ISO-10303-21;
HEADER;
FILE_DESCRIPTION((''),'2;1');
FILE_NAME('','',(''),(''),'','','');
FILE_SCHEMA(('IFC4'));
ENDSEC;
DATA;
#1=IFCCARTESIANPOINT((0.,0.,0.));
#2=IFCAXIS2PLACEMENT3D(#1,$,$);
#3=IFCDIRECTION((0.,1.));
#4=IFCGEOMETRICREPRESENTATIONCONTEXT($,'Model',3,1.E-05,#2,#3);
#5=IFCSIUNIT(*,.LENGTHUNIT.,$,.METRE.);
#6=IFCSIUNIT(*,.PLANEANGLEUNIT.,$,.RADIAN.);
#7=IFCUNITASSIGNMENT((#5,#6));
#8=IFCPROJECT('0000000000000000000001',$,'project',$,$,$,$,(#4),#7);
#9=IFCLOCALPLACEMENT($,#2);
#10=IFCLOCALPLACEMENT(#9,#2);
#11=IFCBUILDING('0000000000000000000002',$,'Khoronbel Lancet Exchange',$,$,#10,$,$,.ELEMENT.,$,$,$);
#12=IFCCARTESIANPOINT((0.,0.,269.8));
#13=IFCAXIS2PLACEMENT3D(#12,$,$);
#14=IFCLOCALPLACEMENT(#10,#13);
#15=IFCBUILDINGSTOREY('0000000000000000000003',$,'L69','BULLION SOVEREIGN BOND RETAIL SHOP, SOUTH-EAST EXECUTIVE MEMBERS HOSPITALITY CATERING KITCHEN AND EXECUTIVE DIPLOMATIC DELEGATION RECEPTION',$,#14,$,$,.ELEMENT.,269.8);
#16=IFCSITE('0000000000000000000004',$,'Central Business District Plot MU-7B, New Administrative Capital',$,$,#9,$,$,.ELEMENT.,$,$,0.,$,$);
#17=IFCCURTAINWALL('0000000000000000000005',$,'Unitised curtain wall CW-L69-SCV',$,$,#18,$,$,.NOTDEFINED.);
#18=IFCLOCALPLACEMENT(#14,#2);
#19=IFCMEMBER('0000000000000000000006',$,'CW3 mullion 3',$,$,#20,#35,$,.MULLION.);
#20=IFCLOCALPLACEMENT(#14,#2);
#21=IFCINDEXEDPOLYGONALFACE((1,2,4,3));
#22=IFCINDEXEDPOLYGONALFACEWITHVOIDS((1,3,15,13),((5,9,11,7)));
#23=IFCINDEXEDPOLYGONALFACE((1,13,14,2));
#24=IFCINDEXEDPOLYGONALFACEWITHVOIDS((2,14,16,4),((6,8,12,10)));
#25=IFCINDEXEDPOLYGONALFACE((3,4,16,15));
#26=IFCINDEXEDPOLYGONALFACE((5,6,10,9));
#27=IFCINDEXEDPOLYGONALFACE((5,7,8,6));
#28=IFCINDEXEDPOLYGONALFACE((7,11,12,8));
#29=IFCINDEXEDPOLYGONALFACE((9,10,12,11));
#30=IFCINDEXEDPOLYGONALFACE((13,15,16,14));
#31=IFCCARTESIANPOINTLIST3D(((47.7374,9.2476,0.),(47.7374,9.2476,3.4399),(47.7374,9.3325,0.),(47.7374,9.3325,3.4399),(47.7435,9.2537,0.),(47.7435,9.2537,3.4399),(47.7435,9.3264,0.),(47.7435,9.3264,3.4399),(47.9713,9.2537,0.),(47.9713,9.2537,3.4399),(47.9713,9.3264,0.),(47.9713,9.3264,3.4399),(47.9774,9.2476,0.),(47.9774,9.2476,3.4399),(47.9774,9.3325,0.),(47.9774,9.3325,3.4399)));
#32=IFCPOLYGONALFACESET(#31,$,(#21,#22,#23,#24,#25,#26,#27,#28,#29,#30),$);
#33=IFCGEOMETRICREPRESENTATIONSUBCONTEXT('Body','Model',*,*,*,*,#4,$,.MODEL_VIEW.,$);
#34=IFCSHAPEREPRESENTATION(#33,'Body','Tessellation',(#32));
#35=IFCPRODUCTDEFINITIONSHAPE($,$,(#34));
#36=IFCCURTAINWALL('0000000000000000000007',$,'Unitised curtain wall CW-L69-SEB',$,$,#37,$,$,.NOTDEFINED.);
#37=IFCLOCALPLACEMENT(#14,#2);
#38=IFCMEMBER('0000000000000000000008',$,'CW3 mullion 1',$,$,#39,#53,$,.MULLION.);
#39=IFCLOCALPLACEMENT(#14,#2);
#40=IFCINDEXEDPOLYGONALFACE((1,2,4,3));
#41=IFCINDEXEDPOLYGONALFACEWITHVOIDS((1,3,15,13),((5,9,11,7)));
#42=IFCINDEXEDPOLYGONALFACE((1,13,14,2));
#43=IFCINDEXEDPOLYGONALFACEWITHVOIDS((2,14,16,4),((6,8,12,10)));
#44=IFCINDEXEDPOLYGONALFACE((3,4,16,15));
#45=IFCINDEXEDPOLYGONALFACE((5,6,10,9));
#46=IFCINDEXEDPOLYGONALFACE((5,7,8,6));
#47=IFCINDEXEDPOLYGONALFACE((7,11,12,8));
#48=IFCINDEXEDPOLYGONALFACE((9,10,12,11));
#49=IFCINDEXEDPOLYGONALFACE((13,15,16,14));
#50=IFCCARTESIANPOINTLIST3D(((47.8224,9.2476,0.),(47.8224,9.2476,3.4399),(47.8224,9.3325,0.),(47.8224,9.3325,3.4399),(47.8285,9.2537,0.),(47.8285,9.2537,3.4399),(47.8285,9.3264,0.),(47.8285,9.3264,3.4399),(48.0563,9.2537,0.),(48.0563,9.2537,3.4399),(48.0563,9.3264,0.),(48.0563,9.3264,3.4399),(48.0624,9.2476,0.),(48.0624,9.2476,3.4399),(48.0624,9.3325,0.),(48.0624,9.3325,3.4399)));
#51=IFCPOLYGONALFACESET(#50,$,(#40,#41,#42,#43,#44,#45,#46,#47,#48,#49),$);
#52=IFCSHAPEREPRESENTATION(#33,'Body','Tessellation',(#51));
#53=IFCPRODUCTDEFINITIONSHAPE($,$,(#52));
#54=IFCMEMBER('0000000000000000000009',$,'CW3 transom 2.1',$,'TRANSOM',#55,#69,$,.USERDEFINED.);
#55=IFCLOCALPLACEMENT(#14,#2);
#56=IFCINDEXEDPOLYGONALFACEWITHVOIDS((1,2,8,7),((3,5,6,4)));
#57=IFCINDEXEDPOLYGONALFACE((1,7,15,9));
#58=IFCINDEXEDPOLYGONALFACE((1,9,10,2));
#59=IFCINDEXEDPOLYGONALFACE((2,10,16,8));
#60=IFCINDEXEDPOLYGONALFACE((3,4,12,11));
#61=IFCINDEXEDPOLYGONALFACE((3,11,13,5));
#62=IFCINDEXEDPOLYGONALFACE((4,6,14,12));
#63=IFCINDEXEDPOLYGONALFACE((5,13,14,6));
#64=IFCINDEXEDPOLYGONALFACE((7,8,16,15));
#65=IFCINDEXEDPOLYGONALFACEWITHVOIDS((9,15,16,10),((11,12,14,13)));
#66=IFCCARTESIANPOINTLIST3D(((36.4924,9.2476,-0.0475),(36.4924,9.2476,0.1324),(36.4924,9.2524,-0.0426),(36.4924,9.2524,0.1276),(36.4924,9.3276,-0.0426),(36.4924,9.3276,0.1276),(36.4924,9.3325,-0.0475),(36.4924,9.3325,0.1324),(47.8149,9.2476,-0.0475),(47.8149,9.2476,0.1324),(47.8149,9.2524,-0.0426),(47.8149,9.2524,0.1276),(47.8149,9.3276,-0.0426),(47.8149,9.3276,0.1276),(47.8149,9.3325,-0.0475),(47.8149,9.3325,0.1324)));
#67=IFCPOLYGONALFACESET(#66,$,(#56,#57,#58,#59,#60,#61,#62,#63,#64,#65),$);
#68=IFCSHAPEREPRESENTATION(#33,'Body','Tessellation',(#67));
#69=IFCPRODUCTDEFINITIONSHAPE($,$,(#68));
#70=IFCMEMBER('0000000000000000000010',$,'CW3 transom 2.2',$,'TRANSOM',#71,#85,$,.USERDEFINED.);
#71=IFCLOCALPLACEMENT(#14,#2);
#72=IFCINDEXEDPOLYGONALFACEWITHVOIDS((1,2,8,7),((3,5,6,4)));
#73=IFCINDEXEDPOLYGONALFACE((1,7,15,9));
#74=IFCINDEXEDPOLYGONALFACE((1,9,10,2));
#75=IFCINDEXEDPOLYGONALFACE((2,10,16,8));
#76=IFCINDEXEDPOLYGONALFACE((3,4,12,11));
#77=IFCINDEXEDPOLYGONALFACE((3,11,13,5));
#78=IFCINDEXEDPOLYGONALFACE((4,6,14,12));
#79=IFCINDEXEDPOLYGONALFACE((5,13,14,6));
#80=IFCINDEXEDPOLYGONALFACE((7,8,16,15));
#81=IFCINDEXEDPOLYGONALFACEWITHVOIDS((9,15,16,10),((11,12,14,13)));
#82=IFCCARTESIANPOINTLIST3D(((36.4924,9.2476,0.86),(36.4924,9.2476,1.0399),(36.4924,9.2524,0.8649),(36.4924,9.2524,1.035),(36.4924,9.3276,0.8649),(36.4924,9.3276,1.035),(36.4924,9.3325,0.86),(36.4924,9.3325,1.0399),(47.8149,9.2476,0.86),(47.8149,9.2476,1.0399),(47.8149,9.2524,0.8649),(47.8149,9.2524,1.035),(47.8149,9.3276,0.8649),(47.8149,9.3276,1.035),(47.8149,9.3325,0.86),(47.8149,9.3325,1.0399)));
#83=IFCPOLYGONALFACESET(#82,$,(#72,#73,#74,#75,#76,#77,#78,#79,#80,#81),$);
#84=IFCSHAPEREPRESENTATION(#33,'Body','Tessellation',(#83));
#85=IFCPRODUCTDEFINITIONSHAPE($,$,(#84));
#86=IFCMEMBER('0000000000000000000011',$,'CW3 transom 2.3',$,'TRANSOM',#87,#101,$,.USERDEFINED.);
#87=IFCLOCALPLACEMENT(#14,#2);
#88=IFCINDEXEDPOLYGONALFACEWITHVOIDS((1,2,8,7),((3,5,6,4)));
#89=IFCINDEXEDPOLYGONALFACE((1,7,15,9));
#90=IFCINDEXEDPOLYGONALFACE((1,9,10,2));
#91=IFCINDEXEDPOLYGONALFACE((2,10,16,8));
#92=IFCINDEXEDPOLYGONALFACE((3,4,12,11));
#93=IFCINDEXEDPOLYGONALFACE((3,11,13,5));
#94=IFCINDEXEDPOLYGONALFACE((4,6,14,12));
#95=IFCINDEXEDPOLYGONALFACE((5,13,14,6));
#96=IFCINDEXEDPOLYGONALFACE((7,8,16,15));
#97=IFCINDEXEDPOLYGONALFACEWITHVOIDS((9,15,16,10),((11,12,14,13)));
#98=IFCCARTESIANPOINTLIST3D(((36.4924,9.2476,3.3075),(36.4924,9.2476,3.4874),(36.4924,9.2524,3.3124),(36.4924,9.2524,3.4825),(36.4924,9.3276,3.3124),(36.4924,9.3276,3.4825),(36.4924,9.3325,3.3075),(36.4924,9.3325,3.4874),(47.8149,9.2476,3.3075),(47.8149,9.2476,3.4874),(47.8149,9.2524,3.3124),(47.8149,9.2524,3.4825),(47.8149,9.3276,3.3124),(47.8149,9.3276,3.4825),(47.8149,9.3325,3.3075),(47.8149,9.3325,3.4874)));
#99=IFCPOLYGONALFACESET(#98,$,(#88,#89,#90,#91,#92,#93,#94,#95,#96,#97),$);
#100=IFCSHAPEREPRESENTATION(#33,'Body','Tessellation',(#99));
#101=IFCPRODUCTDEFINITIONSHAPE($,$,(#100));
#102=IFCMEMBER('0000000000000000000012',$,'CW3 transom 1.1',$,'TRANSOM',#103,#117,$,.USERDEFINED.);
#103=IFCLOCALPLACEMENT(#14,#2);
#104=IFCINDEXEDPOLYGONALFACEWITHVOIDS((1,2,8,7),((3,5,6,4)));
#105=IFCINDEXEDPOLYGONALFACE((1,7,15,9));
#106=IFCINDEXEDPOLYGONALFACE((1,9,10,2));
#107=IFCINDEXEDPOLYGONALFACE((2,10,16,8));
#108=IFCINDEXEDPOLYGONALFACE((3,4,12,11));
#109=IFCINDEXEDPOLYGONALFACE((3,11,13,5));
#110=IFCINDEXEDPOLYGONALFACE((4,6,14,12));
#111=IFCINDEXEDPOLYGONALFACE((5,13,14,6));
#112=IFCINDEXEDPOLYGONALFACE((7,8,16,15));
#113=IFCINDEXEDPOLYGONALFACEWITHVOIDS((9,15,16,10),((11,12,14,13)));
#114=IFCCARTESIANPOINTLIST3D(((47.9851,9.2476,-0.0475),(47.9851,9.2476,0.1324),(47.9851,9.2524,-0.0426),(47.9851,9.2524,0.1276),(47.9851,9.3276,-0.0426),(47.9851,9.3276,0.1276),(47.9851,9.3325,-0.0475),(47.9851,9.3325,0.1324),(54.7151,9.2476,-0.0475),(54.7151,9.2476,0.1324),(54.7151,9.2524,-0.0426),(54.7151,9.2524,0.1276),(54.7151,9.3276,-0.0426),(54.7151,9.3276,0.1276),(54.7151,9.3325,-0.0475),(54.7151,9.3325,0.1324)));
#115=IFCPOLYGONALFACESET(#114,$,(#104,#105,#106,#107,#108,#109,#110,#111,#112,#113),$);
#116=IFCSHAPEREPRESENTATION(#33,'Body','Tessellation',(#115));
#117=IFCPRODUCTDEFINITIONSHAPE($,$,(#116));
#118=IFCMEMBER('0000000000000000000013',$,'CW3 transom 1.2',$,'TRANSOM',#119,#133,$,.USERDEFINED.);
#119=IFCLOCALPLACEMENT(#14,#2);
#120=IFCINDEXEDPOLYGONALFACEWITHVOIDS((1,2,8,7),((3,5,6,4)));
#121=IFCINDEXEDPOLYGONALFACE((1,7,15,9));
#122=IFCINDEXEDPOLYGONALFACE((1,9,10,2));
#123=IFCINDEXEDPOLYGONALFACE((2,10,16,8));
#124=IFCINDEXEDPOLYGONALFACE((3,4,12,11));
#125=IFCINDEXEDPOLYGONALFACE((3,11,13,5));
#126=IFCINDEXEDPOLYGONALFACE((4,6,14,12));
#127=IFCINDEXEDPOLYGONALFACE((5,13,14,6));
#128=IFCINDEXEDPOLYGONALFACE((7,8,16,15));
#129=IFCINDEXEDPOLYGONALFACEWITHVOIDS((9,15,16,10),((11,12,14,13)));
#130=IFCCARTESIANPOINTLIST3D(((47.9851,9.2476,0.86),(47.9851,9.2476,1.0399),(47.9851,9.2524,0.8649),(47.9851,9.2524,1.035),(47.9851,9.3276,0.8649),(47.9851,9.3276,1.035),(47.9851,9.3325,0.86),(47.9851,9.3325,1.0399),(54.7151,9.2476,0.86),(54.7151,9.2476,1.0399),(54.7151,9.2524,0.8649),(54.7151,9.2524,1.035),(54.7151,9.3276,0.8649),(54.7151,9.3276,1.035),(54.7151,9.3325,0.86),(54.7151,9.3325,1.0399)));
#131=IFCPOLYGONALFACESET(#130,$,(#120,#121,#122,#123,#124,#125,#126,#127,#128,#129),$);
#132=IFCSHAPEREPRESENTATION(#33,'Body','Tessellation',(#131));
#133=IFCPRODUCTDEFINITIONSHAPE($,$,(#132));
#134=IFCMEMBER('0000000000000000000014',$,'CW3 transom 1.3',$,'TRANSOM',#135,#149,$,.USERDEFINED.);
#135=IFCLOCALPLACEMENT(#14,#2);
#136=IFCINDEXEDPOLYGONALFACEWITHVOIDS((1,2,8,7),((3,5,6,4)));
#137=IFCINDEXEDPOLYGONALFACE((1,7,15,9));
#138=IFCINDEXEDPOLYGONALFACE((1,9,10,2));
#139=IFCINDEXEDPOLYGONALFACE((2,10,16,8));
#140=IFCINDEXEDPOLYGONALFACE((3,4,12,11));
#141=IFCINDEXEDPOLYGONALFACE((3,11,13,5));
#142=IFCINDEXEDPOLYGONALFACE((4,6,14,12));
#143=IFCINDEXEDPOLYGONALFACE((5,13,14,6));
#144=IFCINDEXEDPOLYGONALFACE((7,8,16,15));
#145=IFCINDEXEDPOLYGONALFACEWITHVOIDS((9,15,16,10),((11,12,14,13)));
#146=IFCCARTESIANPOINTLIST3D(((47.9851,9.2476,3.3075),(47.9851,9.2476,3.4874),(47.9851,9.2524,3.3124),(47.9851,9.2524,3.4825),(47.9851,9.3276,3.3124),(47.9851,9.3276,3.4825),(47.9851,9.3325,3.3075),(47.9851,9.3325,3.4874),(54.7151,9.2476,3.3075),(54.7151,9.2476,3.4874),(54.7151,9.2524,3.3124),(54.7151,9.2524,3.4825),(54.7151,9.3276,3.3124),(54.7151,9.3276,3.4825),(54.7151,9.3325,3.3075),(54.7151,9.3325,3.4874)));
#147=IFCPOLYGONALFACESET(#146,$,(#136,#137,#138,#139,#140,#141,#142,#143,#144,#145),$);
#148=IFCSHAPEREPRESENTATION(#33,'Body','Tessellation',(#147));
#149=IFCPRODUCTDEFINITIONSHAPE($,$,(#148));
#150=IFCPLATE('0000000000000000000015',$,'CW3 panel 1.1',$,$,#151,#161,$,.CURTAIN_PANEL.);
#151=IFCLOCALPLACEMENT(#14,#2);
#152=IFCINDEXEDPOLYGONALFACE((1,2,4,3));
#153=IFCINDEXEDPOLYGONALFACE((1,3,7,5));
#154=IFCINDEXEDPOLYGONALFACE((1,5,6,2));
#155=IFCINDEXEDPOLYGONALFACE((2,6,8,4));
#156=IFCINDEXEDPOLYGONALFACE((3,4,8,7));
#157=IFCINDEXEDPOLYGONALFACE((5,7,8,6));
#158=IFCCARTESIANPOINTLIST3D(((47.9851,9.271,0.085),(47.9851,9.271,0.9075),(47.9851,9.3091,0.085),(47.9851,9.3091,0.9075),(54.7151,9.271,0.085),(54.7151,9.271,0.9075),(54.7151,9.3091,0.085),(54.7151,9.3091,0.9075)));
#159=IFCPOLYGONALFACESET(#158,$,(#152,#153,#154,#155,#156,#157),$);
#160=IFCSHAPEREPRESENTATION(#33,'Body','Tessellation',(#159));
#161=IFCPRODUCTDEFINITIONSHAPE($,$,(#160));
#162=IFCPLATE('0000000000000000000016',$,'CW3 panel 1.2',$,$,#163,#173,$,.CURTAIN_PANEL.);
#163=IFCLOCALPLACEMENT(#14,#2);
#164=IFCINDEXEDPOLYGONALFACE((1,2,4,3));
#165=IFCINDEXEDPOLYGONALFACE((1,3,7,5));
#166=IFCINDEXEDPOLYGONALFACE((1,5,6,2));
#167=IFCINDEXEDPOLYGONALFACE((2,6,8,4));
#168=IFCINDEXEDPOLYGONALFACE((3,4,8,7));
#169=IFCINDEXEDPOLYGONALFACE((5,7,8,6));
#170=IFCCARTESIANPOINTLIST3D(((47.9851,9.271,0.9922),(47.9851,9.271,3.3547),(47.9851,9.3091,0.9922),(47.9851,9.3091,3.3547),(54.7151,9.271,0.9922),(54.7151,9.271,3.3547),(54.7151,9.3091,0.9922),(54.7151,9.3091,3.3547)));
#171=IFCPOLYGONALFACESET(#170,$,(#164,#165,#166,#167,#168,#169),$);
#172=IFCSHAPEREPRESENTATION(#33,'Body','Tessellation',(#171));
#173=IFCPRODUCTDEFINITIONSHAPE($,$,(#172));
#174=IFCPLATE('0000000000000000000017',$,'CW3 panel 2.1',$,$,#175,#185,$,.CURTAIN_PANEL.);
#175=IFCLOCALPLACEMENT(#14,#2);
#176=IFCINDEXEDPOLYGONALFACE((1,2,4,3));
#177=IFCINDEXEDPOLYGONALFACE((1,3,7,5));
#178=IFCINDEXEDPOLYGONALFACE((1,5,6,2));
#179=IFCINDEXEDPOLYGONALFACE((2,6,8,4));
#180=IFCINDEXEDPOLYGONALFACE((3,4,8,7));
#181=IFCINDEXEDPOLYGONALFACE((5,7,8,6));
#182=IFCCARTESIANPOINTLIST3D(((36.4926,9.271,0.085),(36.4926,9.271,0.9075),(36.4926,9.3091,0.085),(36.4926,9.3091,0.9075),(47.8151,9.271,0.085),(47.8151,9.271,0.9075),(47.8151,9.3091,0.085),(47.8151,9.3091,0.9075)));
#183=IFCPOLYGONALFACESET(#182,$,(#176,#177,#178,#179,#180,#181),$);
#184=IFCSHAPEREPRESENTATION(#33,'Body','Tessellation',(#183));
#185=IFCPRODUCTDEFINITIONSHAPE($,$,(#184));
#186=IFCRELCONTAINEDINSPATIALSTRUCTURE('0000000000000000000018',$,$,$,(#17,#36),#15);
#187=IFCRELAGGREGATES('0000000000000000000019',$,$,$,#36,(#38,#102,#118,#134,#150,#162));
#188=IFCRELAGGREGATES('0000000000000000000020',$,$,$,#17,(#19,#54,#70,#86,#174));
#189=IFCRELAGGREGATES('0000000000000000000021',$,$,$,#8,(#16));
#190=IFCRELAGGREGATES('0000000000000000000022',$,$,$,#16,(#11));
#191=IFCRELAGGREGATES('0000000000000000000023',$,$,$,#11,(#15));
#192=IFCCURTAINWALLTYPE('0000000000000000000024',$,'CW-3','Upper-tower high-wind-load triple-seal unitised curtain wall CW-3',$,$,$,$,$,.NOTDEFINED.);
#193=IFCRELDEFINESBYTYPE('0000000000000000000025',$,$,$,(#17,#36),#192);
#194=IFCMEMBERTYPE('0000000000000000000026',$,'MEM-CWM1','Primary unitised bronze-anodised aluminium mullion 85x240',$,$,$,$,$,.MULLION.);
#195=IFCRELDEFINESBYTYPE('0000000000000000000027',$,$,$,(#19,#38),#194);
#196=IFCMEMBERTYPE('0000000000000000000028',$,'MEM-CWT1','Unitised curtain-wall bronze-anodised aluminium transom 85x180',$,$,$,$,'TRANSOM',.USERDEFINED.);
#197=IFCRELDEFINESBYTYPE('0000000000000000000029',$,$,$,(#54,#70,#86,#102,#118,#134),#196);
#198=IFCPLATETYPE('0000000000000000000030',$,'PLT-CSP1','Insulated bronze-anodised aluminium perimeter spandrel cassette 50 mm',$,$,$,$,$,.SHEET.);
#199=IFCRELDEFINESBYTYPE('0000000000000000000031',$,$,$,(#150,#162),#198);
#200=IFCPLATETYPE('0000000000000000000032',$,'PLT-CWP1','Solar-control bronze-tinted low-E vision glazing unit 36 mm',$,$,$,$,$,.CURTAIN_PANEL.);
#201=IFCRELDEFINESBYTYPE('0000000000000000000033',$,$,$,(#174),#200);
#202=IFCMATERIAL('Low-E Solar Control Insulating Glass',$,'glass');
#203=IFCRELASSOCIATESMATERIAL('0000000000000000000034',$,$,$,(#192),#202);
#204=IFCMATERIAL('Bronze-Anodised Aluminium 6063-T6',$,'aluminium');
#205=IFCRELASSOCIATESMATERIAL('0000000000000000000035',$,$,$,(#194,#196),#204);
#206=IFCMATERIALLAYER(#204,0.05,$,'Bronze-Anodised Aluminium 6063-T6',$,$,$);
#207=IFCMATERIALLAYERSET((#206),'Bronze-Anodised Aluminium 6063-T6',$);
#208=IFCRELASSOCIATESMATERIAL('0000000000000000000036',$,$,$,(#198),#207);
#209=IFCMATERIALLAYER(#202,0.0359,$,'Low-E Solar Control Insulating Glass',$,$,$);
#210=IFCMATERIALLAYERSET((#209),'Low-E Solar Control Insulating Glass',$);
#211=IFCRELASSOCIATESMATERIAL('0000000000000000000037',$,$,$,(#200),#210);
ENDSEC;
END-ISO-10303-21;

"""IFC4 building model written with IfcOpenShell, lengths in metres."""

from ifc_helpers import new_model, si_unit, direction, frame, origin, origin_2d, place, context, subcontext, project, spatial, rectangle, hollow_rectangle, extrude, material, layer, layer_set, material_profile, profile_set, type_object, element, aggregate, save


model = new_model("IFC4")

# Units and contexts
model_context = context("Model", 3, precision=1e-05, world=origin(), true_north=direction((0.0, 1.0)))
body_context = subcontext(model_context, "Body", "Model", "MODEL_VIEW")
ifc_project = project(units=[si_unit("LENGTHUNIT", "METRE"), si_unit("PLANEANGLEUNIT", "RADIAN")], contexts=[model_context])

# Site, building, storey
site_placement = place(None, origin())
site = spatial("IfcSite", under=ifc_project, at=site_placement, Name="Central Business District Plot MU-7B, New Administrative Capital", CompositionType="ELEMENT", RefElevation=0.0)
building_placement = place(site_placement, origin())
building = spatial("IfcBuilding", under=site, at=building_placement, Name="Khoronbel Lancet Exchange", CompositionType="ELEMENT")
storey_placement = place(building_placement, frame((0.0, 0.0, 269.8)))
storey = spatial("IfcBuildingStorey", under=building, at=storey_placement, Name="L69", Description="BULLION SOVEREIGN BOND RETAIL SHOP, SOUTH-EAST EXECUTIVE MEMBERS HOSPITALITY CATERING KITCHEN AND EXECUTIVE DIPLOMATIC DELEGATION RECEPTION", CompositionType="ELEMENT", Elevation=269.8)

# Curtain wall, member
ifc_material_1 = material(Name="Low-E Solar Control Insulating Glass", Category="glass")
curtain_wall_type = type_object("IfcCurtainWallType", Name="CW-3", Description="Upper-tower high-wind-load triple-seal unitised curtain wall CW-3", PredefinedType="NOTDEFINED", material=ifc_material_1)
curtain_wall_1_placement = place(storey_placement, origin())
curtain_wall_1 = element("IfcCurtainWall", 1, at=curtain_wall_1_placement, inside=storey, type_object=curtain_wall_type, Name="Unitised curtain wall CW-L69-SCV", PredefinedType="NOTDEFINED")
ifc_material_2 = material(Name="Bronze-Anodised Aluminium 6063-T6", Category="aluminium")
ifc_material_profile_1 = material_profile(ifc_material_2, hollow_rectangle(XDim=0.085, YDim=0.24, WallThickness=0.0061, at=origin_2d()), Name="ALU MULLION 85x240")
ifc_profile_set_1 = profile_set([ifc_material_profile_1], Name="Bronze-Anodised Aluminium 6063-T6")
member_type_1 = type_object("IfcMemberType", Name="MEM-CWM1", Description="Primary unitised bronze-anodised aluminium mullion 85x240", PredefinedType="MULLION", material=ifc_profile_set_1)
member_1_placement = place(storey_placement, frame((47.8574, 9.29, 0.0), z_axis=(0.0, 0.0, 1.0), x_axis=(0.0, 1.0, 0.0)))
member_1 = element("IfcMember", 2, at=member_1_placement, type_object=member_type_1, Name="CW3 mullion 3", PredefinedType="MULLION", context=body_context, shape_type="SweptSolid", body=[
    extrude(hollow_rectangle(XDim=0.085, YDim=0.24, WallThickness=0.0061, at=origin_2d()), origin(), (0.0, 0.0, 1.0), 3.4399),
])

# Curtain wall, member
curtain_wall_2_placement = place(storey_placement, origin())
curtain_wall_2 = element("IfcCurtainWall", 3, at=curtain_wall_2_placement, inside=storey, type_object=curtain_wall_type, Name="Unitised curtain wall CW-L69-SEB", PredefinedType="NOTDEFINED")
member_2_placement = place(storey_placement, frame((47.9424, 9.29, 0.0), z_axis=(0.0, 0.0, 1.0), x_axis=(0.0, 1.0, 0.0)))
member_2 = element("IfcMember", 4, at=member_2_placement, type_object=member_type_1, Name="CW3 mullion 1", PredefinedType="MULLION", context=body_context, shape_type="SweptSolid", body=[
    extrude(hollow_rectangle(XDim=0.085, YDim=0.24, WallThickness=0.0061, at=origin_2d()), origin(), (0.0, 0.0, 1.0), 3.4399),
])

# Members
ifc_material_profile_2 = material_profile(ifc_material_2, hollow_rectangle(XDim=0.085, YDim=0.1799, WallThickness=0.0049, at=origin_2d()), Name="ALU TRANSOM 85x180")
ifc_profile_set_2 = profile_set([ifc_material_profile_2], Name="Bronze-Anodised Aluminium 6063-T6")
member_type_2 = type_object("IfcMemberType", Name="MEM-CWT1", Description="Unitised curtain-wall bronze-anodised aluminium transom 85x180", ElementType="TRANSOM", PredefinedType="USERDEFINED", material=ifc_profile_set_2)
member_3_placement = place(storey_placement, frame((36.4924, 9.29, 0.0425), z_axis=(1.0, 0.0, 0.0), x_axis=(0.0, 1.0, 0.0)))
member_3 = element("IfcMember", 5, at=member_3_placement, type_object=member_type_2, Name="CW3 transom 2.1", ObjectType="TRANSOM", PredefinedType="USERDEFINED", context=body_context, shape_type="SweptSolid", body=[
    extrude(hollow_rectangle(XDim=0.085, YDim=0.1799, WallThickness=0.0049, at=origin_2d()), origin(), (0.0, 0.0, 1.0), 11.3225),
])
member_4_placement = place(storey_placement, frame((36.4924, 9.29, 0.95), z_axis=(1.0, 0.0, 0.0), x_axis=(0.0, 1.0, 0.0)))
member_4 = element("IfcMember", 6, at=member_4_placement, type_object=member_type_2, Name="CW3 transom 2.2", ObjectType="TRANSOM", PredefinedType="USERDEFINED", context=body_context, shape_type="SweptSolid", body=[
    extrude(hollow_rectangle(XDim=0.085, YDim=0.1799, WallThickness=0.0049, at=origin_2d()), origin(), (0.0, 0.0, 1.0), 11.3225),
])
member_5_placement = place(storey_placement, frame((36.4924, 9.29, 3.3975), z_axis=(1.0, 0.0, 0.0), x_axis=(0.0, 1.0, 0.0)))
member_5 = element("IfcMember", 7, at=member_5_placement, type_object=member_type_2, Name="CW3 transom 2.3", ObjectType="TRANSOM", PredefinedType="USERDEFINED", context=body_context, shape_type="SweptSolid", body=[
    extrude(hollow_rectangle(XDim=0.085, YDim=0.1799, WallThickness=0.0049, at=origin_2d()), origin(), (0.0, 0.0, 1.0), 11.3225),
])
member_6_placement = place(storey_placement, frame((47.9851, 9.29, 0.0425), z_axis=(1.0, 0.0, 0.0), x_axis=(0.0, 1.0, 0.0)))
member_6 = element("IfcMember", 8, at=member_6_placement, type_object=member_type_2, Name="CW3 transom 1.1", ObjectType="TRANSOM", PredefinedType="USERDEFINED", context=body_context, shape_type="SweptSolid", body=[
    extrude(hollow_rectangle(XDim=0.085, YDim=0.1799, WallThickness=0.0049, at=origin_2d()), origin(), (0.0, 0.0, 1.0), 6.73),
])
member_7_placement = place(storey_placement, frame((47.9851, 9.29, 0.95), z_axis=(1.0, 0.0, 0.0), x_axis=(0.0, 1.0, 0.0)))
member_7 = element("IfcMember", 9, at=member_7_placement, type_object=member_type_2, Name="CW3 transom 1.2", ObjectType="TRANSOM", PredefinedType="USERDEFINED", context=body_context, shape_type="SweptSolid", body=[
    extrude(hollow_rectangle(XDim=0.085, YDim=0.1799, WallThickness=0.0049, at=origin_2d()), origin(), (0.0, 0.0, 1.0), 6.73),
])
member_8_placement = place(storey_placement, frame((47.9851, 9.29, 3.3975), z_axis=(1.0, 0.0, 0.0), x_axis=(0.0, 1.0, 0.0)))
member_8 = element("IfcMember", 10, at=member_8_placement, type_object=member_type_2, Name="CW3 transom 1.3", ObjectType="TRANSOM", PredefinedType="USERDEFINED", context=body_context, shape_type="SweptSolid", body=[
    extrude(hollow_rectangle(XDim=0.085, YDim=0.1799, WallThickness=0.0049, at=origin_2d()), origin(), (0.0, 0.0, 1.0), 6.73),
])

# Plates
ifc_layer_1 = layer(ifc_material_2, 0.05, Name="Bronze-Anodised Aluminium 6063-T6")
ifc_layer_set_1 = layer_set([ifc_layer_1], Name="Bronze-Anodised Aluminium 6063-T6")
plate_type_1 = type_object("IfcPlateType", Name="PLT-CSP1", Description="Insulated bronze-anodised aluminium perimeter spandrel cassette 50 mm", PredefinedType="SHEET", material=ifc_layer_set_1)
plate_1_placement = place(storey_placement, frame((51.3501, 9.29, 0.085), z_axis=(0.0, 0.0, 1.0), x_axis=(1.0, 0.0, 0.0)))
plate_1 = element("IfcPlate", 11, at=plate_1_placement, type_object=plate_type_1, Name="CW3 panel 1.1", PredefinedType="CURTAIN_PANEL", context=body_context, shape_type="SweptSolid", body=[
    extrude(rectangle(XDim=6.73, YDim=0.0381, at=origin_2d()), origin(), (0.0, 0.0, 1.0), 0.8225),
])
plate_2_placement = place(storey_placement, frame((51.3501, 9.29, 0.9922), z_axis=(0.0, 0.0, 1.0), x_axis=(1.0, 0.0, 0.0)))
plate_2 = element("IfcPlate", 12, at=plate_2_placement, type_object=plate_type_1, Name="CW3 panel 1.2", PredefinedType="CURTAIN_PANEL", context=body_context, shape_type="SweptSolid", body=[
    extrude(rectangle(XDim=6.73, YDim=0.0381, at=origin_2d()), origin(), (0.0, 0.0, 1.0), 2.3625),
])
aggregate(curtain_wall_2, [member_2, member_6, member_7, member_8, plate_1, plate_2])
ifc_layer_2 = layer(ifc_material_1, 0.0359, Name="Low-E Solar Control Insulating Glass")
ifc_layer_set_2 = layer_set([ifc_layer_2], Name="Low-E Solar Control Insulating Glass")
plate_type_2 = type_object("IfcPlateType", Name="PLT-CWP1", Description="Solar-control bronze-tinted low-E vision glazing unit 36 mm", PredefinedType="CURTAIN_PANEL", material=ifc_layer_set_2)
plate_3_placement = place(storey_placement, frame((42.1538, 9.29, 0.085), z_axis=(0.0, 0.0, 1.0), x_axis=(1.0, 0.0, 0.0)))
plate_3 = element("IfcPlate", 13, at=plate_3_placement, type_object=plate_type_2, Name="CW3 panel 2.1", PredefinedType="CURTAIN_PANEL", context=body_context, shape_type="SweptSolid", body=[
    extrude(rectangle(XDim=11.3225, YDim=0.0381, at=origin_2d()), origin(), (0.0, 0.0, 1.0), 0.8225),
])
aggregate(curtain_wall_1, [member_1, member_3, member_4, member_5, plate_3])

save(model, "model.ifc")
